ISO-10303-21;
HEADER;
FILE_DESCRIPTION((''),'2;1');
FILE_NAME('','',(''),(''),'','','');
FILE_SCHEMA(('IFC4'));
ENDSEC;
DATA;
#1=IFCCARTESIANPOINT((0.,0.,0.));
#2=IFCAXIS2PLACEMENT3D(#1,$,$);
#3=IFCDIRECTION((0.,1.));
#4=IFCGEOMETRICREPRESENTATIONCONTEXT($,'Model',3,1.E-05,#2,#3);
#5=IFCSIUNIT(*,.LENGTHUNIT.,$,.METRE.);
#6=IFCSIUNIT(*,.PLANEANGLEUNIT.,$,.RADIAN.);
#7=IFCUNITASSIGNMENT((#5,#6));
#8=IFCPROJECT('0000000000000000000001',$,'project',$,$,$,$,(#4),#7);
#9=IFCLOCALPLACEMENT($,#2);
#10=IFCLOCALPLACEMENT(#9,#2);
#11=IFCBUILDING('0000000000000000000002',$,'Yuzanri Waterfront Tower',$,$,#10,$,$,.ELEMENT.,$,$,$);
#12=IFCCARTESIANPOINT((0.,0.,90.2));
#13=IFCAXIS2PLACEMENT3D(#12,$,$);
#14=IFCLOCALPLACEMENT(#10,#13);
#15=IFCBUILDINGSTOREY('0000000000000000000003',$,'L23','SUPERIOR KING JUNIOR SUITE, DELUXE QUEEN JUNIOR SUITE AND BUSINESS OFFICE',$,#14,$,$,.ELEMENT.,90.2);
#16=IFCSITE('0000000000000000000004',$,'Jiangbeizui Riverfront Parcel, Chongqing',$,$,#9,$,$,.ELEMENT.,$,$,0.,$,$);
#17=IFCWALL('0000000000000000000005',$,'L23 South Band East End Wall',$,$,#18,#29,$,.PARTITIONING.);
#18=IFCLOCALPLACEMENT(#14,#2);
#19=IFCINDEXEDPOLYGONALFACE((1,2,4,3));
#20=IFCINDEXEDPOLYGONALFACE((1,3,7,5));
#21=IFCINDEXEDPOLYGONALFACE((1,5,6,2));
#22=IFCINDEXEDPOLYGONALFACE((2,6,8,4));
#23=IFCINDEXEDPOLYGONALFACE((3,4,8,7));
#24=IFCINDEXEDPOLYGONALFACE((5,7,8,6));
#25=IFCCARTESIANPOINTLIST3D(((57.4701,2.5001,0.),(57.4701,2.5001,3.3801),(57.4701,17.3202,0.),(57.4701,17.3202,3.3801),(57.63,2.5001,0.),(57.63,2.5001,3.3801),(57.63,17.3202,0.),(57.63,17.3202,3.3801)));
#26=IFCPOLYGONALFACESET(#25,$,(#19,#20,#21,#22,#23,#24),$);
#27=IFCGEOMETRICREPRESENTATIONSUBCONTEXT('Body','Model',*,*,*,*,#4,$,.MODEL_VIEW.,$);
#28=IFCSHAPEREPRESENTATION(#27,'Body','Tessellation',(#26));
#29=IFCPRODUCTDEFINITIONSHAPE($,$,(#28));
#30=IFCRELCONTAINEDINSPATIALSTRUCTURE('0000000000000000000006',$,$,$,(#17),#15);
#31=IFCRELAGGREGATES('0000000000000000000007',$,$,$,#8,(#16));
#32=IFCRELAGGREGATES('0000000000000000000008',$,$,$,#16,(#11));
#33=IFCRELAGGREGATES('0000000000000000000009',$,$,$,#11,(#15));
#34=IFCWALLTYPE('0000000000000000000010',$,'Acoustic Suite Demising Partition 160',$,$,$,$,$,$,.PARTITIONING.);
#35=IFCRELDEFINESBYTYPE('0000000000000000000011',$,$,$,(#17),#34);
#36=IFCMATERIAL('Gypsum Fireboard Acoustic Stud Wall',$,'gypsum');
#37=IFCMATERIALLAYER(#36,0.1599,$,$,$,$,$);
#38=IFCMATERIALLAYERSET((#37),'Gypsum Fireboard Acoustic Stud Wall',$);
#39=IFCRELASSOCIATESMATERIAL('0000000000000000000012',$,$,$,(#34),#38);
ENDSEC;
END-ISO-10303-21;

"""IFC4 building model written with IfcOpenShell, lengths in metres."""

from ifc_helpers import new_model, si_unit, direction, frame, frame_2d, origin, place, context, subcontext, project, spatial, rectangle, extrude, source, transform, mapped, material, layer, layer_set, type_object, element, save


model = new_model("IFC4")

# Units and contexts
model_context = context("Model", 3, precision=1e-05, world=origin(), true_north=direction((0.0, 1.0)))
body_context = subcontext(model_context, "Body", "Model", "MODEL_VIEW")
ifc_project = project(units=[si_unit("LENGTHUNIT", "METRE"), si_unit("PLANEANGLEUNIT", "RADIAN")], contexts=[model_context])

# Site, building, storey
site_placement = place(None, origin())
site = spatial("IfcSite", under=ifc_project, at=site_placement, Name="Jiangbeizui Riverfront Parcel, Chongqing", CompositionType="ELEMENT", RefElevation=0.0)
building_placement = place(site_placement, origin())
building = spatial("IfcBuilding", under=site, at=building_placement, Name="Yuzanri Waterfront Tower", CompositionType="ELEMENT")
storey_placement = place(building_placement, frame((0.0, 0.0, 90.2)))
storey = spatial("IfcBuildingStorey", under=building, at=storey_placement, Name="L23", Description="SUPERIOR KING JUNIOR SUITE, DELUXE QUEEN JUNIOR SUITE AND BUSINESS OFFICE", CompositionType="ELEMENT", Elevation=90.2)

# Wall
ifc_material_1 = material(Name="Gypsum Fireboard Acoustic Stud Wall", Category="gypsum")
ifc_layer_1 = layer(ifc_material_1, 0.1599)
ifc_layer_set_1 = layer_set([ifc_layer_1], Name="Gypsum Fireboard Acoustic Stud Wall")
wall_type_1 = type_object("IfcWallType", Name="Acoustic Suite Demising Partition 160", PredefinedType="PARTITIONING", material=ifc_layer_set_1)
shared_shape_1 = source(origin(), body_context, "Body", "SweptSolid", [
    extrude(rectangle(XDim=14.8201, YDim=0.1599, at=frame_2d((7.4102, 0.0))), origin(), (0.0, 0.0, 1.0), 3.3801),
])
wall_1_placement = place(storey_placement, frame((57.55, 2.5, 0.0), z_axis=(0.0, 0.0, 1.0), x_axis=(0.0, 1.0, 0.0)))
element("IfcWall", 1, at=wall_1_placement, inside=storey, type_object=wall_type_1, Name="L23 South Band East End Wall", PredefinedType="PARTITIONING", context=body_context, shape_type="MappedRepresentation", body=[
    mapped(shared_shape_1, transform((0.0, 0.0, 0.0), scale=1.0)),
])

save(model, "model.ifc")
